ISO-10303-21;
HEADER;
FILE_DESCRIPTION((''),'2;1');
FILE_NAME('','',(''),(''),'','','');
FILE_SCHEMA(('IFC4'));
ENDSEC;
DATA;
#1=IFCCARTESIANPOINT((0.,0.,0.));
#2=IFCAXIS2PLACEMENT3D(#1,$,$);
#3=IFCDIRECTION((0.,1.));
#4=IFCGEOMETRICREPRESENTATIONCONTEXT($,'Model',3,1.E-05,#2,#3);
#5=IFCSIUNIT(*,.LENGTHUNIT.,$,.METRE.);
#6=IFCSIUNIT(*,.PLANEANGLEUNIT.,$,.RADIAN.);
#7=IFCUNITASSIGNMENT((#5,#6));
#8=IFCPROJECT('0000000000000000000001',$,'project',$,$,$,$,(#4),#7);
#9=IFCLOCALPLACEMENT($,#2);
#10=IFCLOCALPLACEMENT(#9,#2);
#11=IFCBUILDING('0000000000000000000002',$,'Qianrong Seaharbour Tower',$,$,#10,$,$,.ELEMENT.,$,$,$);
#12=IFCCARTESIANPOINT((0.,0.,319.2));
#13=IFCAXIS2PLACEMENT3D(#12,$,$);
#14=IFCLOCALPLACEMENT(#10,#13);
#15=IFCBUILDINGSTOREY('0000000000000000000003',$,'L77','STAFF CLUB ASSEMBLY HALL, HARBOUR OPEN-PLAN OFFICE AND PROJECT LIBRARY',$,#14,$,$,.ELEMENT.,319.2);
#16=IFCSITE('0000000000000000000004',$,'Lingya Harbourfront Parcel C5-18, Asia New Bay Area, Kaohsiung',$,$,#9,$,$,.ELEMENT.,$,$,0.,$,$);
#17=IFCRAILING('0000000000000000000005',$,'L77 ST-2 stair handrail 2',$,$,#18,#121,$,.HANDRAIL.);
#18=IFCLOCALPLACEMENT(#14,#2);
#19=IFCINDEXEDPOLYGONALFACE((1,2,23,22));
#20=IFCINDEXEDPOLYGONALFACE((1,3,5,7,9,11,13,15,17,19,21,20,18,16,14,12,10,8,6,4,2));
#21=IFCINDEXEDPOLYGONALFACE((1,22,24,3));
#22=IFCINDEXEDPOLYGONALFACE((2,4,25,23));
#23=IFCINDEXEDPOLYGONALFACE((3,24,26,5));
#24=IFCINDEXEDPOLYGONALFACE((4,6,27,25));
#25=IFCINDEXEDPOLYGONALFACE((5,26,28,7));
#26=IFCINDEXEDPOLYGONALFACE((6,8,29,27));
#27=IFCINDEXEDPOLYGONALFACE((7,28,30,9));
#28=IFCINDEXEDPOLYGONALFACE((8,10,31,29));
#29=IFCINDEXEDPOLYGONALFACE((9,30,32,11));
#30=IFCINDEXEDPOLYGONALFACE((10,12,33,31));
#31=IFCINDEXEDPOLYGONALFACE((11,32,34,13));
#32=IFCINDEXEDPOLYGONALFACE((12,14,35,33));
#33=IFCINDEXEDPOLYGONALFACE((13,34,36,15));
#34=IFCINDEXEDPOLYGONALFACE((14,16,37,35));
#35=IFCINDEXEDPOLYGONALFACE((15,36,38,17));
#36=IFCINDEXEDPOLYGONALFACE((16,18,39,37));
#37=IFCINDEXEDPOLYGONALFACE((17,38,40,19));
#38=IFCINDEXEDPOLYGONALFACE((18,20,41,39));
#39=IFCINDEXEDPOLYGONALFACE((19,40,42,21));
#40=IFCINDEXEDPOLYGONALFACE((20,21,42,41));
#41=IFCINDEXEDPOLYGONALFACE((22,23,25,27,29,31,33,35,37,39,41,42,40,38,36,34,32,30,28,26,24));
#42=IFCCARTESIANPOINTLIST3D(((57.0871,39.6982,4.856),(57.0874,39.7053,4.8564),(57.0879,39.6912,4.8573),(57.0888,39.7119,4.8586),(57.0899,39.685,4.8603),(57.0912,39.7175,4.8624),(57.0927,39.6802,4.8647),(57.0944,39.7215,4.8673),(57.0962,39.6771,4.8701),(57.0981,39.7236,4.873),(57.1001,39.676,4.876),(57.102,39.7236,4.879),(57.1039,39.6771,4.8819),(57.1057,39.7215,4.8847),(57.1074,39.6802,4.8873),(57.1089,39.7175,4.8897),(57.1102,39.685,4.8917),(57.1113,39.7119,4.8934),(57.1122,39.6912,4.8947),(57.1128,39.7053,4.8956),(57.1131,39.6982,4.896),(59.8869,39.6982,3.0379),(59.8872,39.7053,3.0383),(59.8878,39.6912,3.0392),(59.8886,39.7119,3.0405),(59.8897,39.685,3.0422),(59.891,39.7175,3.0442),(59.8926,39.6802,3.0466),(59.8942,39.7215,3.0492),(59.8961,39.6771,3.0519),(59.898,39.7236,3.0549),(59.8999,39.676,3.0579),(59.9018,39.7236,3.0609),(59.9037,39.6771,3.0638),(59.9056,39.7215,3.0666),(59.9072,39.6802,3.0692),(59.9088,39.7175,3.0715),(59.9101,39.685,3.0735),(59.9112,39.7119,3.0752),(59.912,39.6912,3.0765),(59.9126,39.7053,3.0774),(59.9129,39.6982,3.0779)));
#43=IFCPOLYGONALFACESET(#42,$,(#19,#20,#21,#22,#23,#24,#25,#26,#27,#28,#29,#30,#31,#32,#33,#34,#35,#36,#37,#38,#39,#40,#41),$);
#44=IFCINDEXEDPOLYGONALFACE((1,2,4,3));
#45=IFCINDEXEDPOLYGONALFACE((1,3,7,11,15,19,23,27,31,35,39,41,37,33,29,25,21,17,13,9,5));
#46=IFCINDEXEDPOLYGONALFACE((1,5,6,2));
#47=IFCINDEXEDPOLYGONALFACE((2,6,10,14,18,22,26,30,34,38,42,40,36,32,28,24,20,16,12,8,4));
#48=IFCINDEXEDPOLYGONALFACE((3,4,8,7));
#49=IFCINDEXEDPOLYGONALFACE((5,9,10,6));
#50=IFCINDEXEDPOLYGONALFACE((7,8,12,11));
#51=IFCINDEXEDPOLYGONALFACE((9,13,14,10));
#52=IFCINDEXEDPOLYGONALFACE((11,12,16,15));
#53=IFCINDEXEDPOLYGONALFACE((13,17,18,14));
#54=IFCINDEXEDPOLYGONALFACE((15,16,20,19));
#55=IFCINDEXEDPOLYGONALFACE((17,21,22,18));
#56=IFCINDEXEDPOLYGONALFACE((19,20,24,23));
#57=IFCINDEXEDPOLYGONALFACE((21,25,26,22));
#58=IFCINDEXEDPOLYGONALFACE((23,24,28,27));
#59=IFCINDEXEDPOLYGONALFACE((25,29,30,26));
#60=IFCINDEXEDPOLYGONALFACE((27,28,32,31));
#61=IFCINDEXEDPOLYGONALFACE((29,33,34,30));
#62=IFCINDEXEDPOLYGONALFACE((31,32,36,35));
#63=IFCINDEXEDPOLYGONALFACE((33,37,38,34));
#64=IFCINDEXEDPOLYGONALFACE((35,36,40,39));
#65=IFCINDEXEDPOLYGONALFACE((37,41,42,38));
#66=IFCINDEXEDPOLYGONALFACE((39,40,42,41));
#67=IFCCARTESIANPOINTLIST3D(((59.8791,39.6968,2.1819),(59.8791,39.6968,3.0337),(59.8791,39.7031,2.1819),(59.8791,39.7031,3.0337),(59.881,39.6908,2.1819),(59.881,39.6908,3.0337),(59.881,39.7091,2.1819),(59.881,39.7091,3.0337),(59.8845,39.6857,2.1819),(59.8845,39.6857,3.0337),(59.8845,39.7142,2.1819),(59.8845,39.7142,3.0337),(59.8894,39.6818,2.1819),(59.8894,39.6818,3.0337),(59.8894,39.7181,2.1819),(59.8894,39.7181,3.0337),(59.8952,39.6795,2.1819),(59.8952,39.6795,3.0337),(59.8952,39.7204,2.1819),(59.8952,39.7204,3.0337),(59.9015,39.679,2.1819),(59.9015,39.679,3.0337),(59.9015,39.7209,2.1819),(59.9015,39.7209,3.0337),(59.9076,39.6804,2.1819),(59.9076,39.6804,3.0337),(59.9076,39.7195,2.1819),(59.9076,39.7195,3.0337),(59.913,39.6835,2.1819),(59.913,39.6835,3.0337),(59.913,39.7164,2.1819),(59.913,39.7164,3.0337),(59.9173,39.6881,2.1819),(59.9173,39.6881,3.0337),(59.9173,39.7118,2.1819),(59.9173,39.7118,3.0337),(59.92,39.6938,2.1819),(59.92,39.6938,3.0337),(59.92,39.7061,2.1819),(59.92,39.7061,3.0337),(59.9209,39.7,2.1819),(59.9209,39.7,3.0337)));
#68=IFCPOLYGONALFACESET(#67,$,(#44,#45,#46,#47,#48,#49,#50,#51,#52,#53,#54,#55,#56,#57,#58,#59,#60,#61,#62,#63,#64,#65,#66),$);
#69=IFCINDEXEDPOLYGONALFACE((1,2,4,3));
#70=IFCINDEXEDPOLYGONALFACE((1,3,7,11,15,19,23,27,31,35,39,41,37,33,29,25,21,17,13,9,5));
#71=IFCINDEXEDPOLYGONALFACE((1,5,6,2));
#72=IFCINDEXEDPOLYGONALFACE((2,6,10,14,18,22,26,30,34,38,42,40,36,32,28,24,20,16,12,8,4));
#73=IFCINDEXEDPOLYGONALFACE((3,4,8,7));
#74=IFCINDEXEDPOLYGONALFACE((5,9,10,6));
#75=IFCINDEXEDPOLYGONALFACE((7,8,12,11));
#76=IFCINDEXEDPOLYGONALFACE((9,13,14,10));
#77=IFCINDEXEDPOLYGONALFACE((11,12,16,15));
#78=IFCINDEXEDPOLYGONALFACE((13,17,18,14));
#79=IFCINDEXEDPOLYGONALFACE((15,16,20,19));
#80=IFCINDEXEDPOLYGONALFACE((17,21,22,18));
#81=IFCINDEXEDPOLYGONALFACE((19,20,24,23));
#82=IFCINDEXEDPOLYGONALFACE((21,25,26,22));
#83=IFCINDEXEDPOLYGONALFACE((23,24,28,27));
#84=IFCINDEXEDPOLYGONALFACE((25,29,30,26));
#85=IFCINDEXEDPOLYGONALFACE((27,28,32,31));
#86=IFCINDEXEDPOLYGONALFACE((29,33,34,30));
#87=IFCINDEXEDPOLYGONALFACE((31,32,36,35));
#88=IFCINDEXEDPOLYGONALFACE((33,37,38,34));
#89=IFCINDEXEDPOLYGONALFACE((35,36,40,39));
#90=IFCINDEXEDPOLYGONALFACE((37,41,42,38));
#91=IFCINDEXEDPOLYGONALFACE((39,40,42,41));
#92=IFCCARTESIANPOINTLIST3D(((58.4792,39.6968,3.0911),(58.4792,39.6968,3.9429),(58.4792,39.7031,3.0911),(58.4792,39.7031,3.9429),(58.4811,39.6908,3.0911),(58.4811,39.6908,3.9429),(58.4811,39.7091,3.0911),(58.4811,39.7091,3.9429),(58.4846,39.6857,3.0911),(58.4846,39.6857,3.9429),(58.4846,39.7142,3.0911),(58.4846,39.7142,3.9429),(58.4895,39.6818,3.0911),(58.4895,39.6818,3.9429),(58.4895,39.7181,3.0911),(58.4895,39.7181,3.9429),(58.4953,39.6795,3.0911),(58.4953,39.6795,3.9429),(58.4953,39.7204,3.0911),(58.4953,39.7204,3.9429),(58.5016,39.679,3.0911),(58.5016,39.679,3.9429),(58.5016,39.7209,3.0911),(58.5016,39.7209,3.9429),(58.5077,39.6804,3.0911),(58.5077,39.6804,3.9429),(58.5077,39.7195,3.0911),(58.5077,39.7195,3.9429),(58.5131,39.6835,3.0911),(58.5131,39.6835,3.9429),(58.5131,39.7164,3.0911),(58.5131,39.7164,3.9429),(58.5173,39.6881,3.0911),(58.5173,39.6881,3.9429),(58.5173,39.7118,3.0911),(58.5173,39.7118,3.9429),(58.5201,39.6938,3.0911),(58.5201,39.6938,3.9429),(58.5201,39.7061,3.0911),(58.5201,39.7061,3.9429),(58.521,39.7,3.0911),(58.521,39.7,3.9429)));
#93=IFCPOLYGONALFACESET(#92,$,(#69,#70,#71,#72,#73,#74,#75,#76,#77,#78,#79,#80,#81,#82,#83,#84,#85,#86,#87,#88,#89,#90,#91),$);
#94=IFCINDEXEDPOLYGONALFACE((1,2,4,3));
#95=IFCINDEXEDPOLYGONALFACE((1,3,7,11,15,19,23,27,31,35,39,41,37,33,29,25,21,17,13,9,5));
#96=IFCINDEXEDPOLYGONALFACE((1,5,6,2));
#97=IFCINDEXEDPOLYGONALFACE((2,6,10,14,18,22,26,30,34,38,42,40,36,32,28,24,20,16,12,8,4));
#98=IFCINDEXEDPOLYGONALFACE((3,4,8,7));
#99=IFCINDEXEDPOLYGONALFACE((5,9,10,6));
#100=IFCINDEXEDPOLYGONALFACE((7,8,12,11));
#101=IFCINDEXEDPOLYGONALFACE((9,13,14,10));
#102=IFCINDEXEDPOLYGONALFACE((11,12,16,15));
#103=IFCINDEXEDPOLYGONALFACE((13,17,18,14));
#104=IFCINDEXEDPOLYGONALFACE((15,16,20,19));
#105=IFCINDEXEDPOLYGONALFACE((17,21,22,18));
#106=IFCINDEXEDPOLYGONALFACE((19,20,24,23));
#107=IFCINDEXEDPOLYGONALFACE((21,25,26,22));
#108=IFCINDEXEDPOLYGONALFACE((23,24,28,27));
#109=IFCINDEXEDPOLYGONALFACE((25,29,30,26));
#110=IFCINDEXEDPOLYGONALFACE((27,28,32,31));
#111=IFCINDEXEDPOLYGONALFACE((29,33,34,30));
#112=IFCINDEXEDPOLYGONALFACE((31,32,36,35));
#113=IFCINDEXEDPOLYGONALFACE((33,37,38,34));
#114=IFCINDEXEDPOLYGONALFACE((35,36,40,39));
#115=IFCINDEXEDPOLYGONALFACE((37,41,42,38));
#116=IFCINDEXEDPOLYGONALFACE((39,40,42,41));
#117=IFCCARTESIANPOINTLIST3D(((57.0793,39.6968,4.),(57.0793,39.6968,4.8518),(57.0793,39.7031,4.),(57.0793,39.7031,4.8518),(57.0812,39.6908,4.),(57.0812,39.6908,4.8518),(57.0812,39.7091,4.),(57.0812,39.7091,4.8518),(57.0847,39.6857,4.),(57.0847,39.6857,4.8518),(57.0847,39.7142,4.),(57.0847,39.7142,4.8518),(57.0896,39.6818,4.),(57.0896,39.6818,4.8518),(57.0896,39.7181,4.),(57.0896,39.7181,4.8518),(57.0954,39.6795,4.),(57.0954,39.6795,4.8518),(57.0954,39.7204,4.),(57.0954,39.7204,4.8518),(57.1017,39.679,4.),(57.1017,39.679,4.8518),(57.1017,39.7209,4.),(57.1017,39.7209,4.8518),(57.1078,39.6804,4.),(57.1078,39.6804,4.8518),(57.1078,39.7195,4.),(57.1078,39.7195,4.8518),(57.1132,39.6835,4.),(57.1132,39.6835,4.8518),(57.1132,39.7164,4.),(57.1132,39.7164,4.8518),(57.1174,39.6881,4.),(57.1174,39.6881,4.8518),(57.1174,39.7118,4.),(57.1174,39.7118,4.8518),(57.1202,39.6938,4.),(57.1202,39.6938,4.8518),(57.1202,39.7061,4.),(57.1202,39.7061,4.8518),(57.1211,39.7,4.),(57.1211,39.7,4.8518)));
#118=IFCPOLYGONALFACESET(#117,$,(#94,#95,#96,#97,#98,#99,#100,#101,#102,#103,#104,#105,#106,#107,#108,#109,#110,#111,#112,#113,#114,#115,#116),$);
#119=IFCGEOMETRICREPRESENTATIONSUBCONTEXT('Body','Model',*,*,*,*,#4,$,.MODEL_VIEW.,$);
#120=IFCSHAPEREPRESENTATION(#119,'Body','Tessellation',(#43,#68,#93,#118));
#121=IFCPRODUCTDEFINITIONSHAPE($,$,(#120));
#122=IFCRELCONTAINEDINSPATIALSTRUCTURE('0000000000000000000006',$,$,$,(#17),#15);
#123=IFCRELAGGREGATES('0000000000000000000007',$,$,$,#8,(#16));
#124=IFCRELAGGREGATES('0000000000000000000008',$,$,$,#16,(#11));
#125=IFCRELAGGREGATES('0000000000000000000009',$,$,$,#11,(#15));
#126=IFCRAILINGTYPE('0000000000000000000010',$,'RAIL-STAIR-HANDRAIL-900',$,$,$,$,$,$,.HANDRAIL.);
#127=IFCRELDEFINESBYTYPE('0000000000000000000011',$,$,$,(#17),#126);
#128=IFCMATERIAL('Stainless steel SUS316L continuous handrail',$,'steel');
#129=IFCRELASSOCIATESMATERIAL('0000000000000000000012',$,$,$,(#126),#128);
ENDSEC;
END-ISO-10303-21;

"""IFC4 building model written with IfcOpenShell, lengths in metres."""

from ifc_helpers import new_model, si_unit, direction, frame, origin, origin_2d, place, context, subcontext, project, spatial, circle, extrude, material, type_object, element, save


model = new_model("IFC4")

# Units and contexts
model_context = context("Model", 3, precision=1e-05, world=origin(), true_north=direction((0.0, 1.0)))
body_context = subcontext(model_context, "Body", "Model", "MODEL_VIEW")
ifc_project = project(units=[si_unit("LENGTHUNIT", "METRE"), si_unit("PLANEANGLEUNIT", "RADIAN")], contexts=[model_context])

# Site, building, storey
site_placement = place(None, origin())
site = spatial("IfcSite", under=ifc_project, at=site_placement, Name="Lingya Harbourfront Parcel C5-18, Asia New Bay Area, Kaohsiung", CompositionType="ELEMENT", RefElevation=0.0)
building_placement = place(site_placement, origin())
building = spatial("IfcBuilding", under=site, at=building_placement, Name="Qianrong Seaharbour Tower", CompositionType="ELEMENT")
storey_placement = place(building_placement, frame((0.0, 0.0, 319.2)))
storey = spatial("IfcBuildingStorey", under=building, at=storey_placement, Name="L77", Description="STAFF CLUB ASSEMBLY HALL, HARBOUR OPEN-PLAN OFFICE AND PROJECT LIBRARY", CompositionType="ELEMENT", Elevation=319.2)

# Railing
ifc_material_1 = material(Name="Stainless steel SUS316L continuous handrail", Category="steel")
railing_type_1 = type_object("IfcRailingType", Name="RAIL-STAIR-HANDRAIL-900", PredefinedType="HANDRAIL", material=ifc_material_1)
railing_1_placement = place(storey_placement, frame((59.8999, 39.7, 2.1819)))
element("IfcRailing", 1, at=railing_1_placement, inside=storey, type_object=railing_type_1, Name="L77 ST-2 stair handrail 2", PredefinedType="HANDRAIL", context=body_context, shape_type="SweptSolid", body=[
    extrude(circle(Radius=0.0239, at=origin_2d()), frame((0.0, 0.0, 0.876), z_axis=(-0.838684, 0.0, 0.544618), x_axis=(0.0, -1.0, 0.0)), (0.0, 0.0, 1.0), 3.3384),
    extrude(circle(Radius=0.021, at=origin_2d()), origin(), (0.0, 0.0, 1.0), 0.8518),
    extrude(circle(Radius=0.021, at=origin_2d()), frame((-1.3999, 0.0, 0.9092)), (0.0, 0.0, 1.0), 0.8518),
    extrude(circle(Radius=0.021, at=origin_2d()), frame((-2.7998, 0.0, 1.8181)), (0.0, 0.0, 1.0), 0.8518),
])

save(model, "model.ifc")
